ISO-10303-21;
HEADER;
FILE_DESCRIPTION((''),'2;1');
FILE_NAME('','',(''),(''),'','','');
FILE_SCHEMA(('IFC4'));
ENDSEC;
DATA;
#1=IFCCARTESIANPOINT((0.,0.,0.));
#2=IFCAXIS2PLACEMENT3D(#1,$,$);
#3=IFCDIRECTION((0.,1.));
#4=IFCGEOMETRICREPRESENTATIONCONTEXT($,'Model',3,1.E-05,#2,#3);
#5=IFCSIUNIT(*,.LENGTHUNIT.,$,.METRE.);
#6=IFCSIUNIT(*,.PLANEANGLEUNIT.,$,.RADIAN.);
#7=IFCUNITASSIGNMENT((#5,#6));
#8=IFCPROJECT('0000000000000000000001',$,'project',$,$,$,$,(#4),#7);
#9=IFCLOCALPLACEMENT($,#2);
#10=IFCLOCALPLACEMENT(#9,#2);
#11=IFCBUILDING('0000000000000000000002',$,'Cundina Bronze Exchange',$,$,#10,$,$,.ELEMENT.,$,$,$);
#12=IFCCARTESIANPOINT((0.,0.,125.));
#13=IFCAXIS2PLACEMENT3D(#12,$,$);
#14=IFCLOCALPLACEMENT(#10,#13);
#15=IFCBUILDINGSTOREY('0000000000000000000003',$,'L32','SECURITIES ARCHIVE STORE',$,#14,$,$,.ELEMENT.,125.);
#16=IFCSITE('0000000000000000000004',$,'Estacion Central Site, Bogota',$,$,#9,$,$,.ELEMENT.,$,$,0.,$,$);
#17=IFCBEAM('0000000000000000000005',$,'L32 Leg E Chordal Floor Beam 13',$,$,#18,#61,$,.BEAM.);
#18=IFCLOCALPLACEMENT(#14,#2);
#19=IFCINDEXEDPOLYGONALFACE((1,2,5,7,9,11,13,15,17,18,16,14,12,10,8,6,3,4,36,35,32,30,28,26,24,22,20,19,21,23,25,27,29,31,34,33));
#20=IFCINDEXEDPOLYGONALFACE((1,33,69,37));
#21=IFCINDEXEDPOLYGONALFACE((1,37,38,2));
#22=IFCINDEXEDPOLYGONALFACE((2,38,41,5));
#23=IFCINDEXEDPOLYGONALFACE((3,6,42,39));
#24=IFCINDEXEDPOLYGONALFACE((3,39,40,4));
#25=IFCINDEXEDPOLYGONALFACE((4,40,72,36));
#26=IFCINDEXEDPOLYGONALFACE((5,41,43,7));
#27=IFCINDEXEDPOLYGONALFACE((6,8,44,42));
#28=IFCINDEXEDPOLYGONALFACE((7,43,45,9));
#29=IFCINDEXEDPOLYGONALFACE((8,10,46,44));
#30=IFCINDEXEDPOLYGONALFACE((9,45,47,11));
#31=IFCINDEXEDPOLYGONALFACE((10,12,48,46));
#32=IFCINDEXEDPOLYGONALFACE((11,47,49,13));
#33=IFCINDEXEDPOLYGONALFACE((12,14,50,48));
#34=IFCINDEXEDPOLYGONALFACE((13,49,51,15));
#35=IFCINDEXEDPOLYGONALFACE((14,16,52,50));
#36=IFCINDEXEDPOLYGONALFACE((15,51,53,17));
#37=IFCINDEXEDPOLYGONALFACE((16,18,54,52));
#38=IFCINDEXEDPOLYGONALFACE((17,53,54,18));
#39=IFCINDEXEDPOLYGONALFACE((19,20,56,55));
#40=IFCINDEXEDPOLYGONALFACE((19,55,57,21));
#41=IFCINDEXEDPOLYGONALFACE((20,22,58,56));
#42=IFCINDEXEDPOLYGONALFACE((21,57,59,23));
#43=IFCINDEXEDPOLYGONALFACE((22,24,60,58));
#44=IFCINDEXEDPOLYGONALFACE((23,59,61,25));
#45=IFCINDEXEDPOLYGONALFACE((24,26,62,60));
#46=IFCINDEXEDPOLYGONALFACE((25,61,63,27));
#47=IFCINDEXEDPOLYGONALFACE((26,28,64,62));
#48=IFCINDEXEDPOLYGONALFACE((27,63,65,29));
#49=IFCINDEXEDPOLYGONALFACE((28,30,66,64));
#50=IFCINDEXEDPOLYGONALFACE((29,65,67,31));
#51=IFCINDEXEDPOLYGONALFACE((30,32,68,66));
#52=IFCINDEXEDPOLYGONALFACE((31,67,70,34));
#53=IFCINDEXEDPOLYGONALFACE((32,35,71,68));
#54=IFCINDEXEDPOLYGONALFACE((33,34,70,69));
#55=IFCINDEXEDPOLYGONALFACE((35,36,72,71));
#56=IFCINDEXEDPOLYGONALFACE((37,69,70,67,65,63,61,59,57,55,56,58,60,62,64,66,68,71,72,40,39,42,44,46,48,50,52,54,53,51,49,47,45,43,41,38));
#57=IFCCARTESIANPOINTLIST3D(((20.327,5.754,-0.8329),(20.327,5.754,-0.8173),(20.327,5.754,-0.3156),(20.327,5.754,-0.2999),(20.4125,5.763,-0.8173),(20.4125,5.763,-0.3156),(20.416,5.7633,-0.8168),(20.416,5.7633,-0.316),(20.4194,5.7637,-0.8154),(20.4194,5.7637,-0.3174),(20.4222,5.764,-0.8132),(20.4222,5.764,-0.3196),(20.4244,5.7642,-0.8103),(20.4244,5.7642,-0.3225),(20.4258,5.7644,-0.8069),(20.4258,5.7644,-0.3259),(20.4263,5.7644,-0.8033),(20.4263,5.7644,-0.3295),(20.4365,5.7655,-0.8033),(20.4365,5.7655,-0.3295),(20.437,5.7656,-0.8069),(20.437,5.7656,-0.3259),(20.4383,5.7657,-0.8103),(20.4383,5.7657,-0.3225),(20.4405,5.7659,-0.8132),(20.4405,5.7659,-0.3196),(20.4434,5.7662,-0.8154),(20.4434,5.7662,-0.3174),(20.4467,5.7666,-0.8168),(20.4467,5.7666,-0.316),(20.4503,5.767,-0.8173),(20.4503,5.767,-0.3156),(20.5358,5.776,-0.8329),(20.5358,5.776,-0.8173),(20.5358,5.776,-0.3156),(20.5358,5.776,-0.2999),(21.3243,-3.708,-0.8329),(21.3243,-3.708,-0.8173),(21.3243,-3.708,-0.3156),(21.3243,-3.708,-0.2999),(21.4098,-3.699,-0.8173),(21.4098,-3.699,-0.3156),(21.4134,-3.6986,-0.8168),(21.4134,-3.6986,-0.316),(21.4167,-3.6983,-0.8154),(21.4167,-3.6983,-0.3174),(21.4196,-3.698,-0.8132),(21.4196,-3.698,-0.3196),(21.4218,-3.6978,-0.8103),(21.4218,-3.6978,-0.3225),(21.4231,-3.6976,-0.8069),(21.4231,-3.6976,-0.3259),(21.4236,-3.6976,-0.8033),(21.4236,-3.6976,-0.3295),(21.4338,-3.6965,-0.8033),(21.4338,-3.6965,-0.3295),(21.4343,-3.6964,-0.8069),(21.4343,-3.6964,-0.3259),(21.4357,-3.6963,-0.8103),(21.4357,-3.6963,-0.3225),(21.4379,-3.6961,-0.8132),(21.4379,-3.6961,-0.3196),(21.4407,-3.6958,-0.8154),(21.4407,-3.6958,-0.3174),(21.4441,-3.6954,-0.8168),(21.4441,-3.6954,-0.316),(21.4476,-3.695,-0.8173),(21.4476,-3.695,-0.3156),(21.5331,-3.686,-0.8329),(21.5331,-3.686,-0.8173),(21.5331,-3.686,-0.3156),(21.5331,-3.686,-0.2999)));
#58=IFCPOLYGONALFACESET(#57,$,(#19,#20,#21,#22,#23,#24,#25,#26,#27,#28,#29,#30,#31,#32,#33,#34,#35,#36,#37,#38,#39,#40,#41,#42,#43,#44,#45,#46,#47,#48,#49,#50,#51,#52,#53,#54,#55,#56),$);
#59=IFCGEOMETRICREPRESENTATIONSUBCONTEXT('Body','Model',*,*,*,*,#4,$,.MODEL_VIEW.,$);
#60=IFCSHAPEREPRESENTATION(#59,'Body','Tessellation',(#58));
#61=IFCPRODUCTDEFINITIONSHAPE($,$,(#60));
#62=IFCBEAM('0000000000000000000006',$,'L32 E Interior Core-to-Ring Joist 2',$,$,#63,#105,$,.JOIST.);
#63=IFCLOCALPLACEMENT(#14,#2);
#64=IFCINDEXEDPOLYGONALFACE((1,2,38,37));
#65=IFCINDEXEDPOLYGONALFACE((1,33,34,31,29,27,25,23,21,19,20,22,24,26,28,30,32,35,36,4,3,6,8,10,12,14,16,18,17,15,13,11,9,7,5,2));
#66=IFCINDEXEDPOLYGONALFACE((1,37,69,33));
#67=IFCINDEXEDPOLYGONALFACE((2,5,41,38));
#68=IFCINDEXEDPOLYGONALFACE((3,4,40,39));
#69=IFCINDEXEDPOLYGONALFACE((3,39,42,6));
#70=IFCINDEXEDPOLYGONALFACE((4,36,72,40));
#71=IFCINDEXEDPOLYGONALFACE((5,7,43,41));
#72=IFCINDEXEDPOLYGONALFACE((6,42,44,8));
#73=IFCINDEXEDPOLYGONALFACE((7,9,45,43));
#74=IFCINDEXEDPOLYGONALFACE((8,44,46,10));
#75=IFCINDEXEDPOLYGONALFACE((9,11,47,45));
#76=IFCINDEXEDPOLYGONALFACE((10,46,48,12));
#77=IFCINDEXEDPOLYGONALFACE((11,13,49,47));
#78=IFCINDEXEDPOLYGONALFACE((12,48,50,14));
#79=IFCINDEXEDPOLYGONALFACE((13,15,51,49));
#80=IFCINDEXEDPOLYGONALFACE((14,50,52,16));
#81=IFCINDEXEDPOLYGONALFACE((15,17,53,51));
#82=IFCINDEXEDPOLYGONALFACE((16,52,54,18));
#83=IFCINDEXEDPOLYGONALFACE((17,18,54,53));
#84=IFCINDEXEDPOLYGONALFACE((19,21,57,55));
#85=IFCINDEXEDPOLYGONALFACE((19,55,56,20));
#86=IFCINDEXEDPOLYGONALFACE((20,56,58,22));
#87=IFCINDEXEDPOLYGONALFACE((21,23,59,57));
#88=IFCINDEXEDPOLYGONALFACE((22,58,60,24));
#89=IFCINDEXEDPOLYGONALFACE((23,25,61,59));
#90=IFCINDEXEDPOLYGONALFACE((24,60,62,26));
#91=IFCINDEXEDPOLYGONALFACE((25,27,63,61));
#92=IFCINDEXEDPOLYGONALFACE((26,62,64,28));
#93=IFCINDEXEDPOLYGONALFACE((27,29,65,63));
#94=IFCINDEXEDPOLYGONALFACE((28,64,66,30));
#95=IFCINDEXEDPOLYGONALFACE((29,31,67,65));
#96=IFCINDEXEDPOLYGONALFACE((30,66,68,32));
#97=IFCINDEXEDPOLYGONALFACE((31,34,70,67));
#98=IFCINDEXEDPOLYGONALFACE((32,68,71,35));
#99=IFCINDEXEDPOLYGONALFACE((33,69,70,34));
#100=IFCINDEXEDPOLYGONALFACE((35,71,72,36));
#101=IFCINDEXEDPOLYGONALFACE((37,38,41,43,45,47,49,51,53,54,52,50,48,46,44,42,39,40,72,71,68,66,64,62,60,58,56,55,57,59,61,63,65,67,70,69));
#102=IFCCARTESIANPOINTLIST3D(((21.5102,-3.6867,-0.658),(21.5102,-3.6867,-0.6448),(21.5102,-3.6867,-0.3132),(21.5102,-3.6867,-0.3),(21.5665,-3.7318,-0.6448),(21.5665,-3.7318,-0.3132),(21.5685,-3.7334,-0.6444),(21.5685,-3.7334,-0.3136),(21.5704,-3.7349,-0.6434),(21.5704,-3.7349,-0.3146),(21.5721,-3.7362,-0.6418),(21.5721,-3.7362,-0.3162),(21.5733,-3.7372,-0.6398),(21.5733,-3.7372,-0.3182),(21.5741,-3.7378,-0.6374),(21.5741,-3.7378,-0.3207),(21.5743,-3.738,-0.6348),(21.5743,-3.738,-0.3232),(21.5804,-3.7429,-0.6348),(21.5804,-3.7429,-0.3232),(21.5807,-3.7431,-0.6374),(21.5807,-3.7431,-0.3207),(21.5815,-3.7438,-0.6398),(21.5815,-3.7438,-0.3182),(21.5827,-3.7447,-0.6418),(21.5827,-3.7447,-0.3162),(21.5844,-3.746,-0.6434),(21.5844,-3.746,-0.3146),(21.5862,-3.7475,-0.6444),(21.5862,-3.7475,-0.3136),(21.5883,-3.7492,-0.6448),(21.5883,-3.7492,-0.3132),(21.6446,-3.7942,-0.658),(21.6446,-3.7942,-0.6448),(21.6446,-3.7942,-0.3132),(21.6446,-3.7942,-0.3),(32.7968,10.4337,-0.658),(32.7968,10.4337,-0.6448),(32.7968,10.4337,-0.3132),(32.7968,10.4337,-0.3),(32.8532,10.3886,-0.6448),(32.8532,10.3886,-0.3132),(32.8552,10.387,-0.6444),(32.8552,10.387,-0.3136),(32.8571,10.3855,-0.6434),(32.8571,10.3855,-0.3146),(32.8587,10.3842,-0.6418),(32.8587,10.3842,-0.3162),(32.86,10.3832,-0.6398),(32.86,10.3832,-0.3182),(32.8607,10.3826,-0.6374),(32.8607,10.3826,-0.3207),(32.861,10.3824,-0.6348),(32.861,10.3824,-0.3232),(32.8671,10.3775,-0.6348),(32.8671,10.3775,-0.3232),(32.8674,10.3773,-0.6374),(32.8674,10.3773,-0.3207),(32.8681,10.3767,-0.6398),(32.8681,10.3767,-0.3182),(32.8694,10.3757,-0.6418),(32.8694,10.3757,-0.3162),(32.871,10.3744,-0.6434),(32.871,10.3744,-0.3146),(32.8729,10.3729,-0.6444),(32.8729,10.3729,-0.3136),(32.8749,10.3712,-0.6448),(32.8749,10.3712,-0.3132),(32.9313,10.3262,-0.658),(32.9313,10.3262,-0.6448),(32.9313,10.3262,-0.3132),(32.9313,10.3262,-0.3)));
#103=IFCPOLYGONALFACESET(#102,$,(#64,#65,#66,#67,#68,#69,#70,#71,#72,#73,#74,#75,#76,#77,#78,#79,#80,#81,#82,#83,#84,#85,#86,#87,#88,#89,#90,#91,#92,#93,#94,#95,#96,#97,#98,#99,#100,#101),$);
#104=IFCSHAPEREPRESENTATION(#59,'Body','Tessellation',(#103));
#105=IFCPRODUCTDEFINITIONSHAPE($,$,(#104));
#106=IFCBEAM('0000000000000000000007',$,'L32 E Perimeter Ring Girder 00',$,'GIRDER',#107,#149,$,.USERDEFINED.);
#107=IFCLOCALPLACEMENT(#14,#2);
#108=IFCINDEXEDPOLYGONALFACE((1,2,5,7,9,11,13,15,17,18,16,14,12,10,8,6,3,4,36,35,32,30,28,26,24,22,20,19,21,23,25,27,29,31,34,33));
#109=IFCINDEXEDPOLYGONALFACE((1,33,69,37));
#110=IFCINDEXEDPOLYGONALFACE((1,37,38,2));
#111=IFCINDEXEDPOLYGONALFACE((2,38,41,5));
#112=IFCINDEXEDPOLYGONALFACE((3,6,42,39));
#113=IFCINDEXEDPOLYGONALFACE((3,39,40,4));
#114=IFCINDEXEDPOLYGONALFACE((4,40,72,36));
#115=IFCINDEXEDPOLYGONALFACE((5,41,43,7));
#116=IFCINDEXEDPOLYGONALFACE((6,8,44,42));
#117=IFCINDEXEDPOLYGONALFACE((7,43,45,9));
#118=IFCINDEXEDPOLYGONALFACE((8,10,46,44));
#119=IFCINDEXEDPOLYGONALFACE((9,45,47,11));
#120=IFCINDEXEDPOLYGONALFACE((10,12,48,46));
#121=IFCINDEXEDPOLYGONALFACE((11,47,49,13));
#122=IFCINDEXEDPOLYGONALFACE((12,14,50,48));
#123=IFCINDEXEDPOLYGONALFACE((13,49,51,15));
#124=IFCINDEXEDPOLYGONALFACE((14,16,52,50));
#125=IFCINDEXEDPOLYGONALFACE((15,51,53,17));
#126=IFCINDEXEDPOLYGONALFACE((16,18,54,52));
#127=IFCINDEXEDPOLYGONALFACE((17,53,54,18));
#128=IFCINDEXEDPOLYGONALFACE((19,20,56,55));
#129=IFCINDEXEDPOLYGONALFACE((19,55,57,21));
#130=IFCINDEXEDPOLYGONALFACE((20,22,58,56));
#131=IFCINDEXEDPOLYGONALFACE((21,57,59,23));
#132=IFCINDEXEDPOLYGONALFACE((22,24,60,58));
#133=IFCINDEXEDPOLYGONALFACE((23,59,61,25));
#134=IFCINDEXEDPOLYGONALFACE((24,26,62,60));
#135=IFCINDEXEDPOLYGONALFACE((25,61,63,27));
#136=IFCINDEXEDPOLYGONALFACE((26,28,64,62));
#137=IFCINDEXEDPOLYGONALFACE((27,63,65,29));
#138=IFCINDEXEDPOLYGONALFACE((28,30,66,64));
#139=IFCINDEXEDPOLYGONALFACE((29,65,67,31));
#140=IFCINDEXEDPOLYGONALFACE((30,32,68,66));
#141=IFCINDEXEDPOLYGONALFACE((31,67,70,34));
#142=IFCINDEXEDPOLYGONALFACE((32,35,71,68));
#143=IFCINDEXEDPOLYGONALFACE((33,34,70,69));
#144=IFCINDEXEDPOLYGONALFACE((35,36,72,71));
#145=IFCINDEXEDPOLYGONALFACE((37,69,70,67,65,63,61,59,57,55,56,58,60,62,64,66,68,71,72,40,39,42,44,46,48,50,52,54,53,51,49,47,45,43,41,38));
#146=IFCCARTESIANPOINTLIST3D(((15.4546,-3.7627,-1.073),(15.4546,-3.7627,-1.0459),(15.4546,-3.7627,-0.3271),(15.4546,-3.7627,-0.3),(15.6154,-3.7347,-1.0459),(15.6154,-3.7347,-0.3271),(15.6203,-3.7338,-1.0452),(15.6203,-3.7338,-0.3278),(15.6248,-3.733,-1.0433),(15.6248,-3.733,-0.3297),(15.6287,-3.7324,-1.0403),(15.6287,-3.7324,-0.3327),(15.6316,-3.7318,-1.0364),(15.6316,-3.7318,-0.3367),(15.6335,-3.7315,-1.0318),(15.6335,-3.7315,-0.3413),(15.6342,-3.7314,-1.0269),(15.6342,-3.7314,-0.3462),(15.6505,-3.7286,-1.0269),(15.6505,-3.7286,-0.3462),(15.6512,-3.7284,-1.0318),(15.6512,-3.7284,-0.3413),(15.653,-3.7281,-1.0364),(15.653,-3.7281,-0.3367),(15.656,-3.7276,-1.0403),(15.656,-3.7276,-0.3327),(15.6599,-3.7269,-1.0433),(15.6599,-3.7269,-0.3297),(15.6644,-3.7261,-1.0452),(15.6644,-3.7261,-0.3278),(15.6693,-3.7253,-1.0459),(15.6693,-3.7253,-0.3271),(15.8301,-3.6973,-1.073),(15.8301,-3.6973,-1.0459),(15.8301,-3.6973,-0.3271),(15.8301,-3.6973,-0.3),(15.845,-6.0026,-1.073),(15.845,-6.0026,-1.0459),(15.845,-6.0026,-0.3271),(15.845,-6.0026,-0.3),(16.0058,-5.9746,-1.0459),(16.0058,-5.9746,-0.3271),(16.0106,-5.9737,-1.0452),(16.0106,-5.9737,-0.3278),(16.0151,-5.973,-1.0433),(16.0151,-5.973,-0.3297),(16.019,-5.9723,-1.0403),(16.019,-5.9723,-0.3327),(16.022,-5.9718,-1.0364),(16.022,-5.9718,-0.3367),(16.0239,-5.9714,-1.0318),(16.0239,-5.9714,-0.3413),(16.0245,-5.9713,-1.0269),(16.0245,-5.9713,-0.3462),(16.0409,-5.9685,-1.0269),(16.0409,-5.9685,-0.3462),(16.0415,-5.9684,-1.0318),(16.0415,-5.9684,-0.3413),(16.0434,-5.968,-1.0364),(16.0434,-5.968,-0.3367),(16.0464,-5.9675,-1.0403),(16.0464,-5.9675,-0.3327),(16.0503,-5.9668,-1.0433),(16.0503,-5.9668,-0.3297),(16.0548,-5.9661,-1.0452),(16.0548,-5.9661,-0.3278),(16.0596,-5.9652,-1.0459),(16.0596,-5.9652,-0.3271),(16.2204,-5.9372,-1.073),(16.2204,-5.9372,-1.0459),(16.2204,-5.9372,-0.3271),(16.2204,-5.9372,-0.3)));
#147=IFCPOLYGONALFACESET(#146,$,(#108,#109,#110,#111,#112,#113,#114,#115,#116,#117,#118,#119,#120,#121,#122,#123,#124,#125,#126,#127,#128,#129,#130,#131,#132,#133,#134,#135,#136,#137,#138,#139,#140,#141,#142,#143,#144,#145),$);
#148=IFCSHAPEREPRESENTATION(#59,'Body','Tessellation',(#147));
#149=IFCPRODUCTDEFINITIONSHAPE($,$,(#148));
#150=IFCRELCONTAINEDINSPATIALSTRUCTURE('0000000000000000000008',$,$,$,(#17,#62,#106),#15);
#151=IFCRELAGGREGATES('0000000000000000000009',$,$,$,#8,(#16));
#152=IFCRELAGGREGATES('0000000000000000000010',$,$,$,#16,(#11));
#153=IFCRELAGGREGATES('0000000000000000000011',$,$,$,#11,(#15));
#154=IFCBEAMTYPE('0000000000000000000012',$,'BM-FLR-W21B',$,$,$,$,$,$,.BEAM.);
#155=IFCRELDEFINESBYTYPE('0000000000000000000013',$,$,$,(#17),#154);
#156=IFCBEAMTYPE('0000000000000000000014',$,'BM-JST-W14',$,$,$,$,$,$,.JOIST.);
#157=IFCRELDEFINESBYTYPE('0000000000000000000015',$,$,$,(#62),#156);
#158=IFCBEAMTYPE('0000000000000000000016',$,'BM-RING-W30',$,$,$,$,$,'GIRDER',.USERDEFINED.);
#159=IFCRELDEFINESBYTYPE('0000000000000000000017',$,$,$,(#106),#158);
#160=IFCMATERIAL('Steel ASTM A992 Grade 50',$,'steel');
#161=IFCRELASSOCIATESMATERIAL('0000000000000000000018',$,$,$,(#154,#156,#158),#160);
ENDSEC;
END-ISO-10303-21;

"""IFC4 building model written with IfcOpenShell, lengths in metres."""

from ifc_helpers import new_model, si_unit, direction, frame, origin, origin_2d, place, context, subcontext, project, spatial, i_section, extrude, material, material_profile, profile_set, type_object, element, save


model = new_model("IFC4")

# Units and contexts
model_context = context("Model", 3, precision=1e-05, world=origin(), true_north=direction((0.0, 1.0)))
body_context = subcontext(model_context, "Body", "Model", "MODEL_VIEW")
ifc_project = project(units=[si_unit("LENGTHUNIT", "METRE"), si_unit("PLANEANGLEUNIT", "RADIAN")], contexts=[model_context])

# Site, building, storey
site_placement = place(None, origin())
site = spatial("IfcSite", under=ifc_project, at=site_placement, Name="Estacion Central Site, Bogota", CompositionType="ELEMENT", RefElevation=0.0)
building_placement = place(site_placement, origin())
building = spatial("IfcBuilding", under=site, at=building_placement, Name="Cundina Bronze Exchange", CompositionType="ELEMENT")
storey_placement = place(building_placement, frame((0.0, 0.0, 125.0)))
storey = spatial("IfcBuildingStorey", under=building, at=storey_placement, Name="L32", Description="SECURITIES ARCHIVE STORE", CompositionType="ELEMENT", Elevation=125.0)

# Shared definitions
ifc_material_1 = material(Name="Steel ASTM A992 Grade 50", Category="steel")

# Beams
ifc_material_profile_1 = material_profile(ifc_material_1, i_section(OverallWidth=0.21, OverallDepth=0.533, WebThickness=0.0103, FlangeThickness=0.0156, FilletRadius=0.0139, at=origin_2d()), Name="W21X62", Category="steel")
ifc_profile_set_1 = profile_set([ifc_material_profile_1], Name="Steel ASTM A992 Grade 50")
beam_type_1 = type_object("IfcBeamType", Name="BM-FLR-W21B", PredefinedType="BEAM", material=ifc_profile_set_1)
beam_1_placement = place(storey_placement, frame((21.4287, -3.697, -0.5664), z_axis=(-0.104822, 0.994491, 0.0), x_axis=(-0.994491, -0.104822, 0.0)))
element("IfcBeam", 1, at=beam_1_placement, inside=storey, type_object=beam_type_1, Name="L32 Leg E Chordal Floor Beam 13", PredefinedType="BEAM", context=body_context, shape_type="SweptSolid", body=[
    extrude(i_section(OverallWidth=0.21, OverallDepth=0.533, WebThickness=0.0103, FlangeThickness=0.0156, FilletRadius=0.0139, at=origin_2d()), origin(), (0.0, 0.0, 1.0), 9.5144),
])
ifc_material_profile_2 = material_profile(ifc_material_1, i_section(OverallWidth=0.1721, OverallDepth=0.3579, WebThickness=0.0078, FlangeThickness=0.0132, FilletRadius=0.01, at=origin_2d()), Name="W14X38", Category="steel")
ifc_profile_set_2 = profile_set([ifc_material_profile_2], Name="Steel ASTM A992 Grade 50")
beam_type_2 = type_object("IfcBeamType", Name="BM-JST-W14", PredefinedType="JOIST", material=ifc_profile_set_2)
beam_2_placement = place(storey_placement, frame((21.5774, -3.7405, -0.479), z_axis=(0.624369, 0.78113, 0.0), x_axis=(-0.78113, 0.624369, 0.0)))
element("IfcBeam", 2, at=beam_2_placement, inside=storey, type_object=beam_type_2, Name="L32 E Interior Core-to-Ring Joist 2", PredefinedType="JOIST", context=body_context, shape_type="SweptSolid", body=[
    extrude(i_section(OverallWidth=0.1721, OverallDepth=0.3579, WebThickness=0.0078, FlangeThickness=0.0132, FilletRadius=0.01, at=origin_2d()), origin(), (0.0, 0.0, 1.0), 18.0769),
])
ifc_material_profile_3 = material_profile(ifc_material_1, i_section(OverallWidth=0.3811, OverallDepth=0.7729, WebThickness=0.0166, FlangeThickness=0.0271, FilletRadius=0.019, at=origin_2d()), Name="W30X173", Category="steel")
ifc_profile_set_3 = profile_set([ifc_material_profile_3], Name="Steel ASTM A992 Grade 50")
beam_type_3 = type_object("IfcBeamType", Name="BM-RING-W30", ElementType="GIRDER", PredefinedType="USERDEFINED", material=ifc_profile_set_3)
beam_3_placement = place(storey_placement, frame((15.6423, -3.73, -0.6865), z_axis=(0.17169, -0.985151, 0.0), x_axis=(0.985151, 0.17169, 0.0)))
element("IfcBeam", 3, at=beam_3_placement, inside=storey, type_object=beam_type_3, Name="L32 E Perimeter Ring Girder 00", ObjectType="GIRDER", PredefinedType="USERDEFINED", context=body_context, shape_type="SweptSolid", body=[
    extrude(i_section(OverallWidth=0.3811, OverallDepth=0.7729, WebThickness=0.0166, FlangeThickness=0.0271, FilletRadius=0.019, at=origin_2d()), origin(), (0.0, 0.0, 1.0), 2.2737),
])

save(model, "model.ifc")
